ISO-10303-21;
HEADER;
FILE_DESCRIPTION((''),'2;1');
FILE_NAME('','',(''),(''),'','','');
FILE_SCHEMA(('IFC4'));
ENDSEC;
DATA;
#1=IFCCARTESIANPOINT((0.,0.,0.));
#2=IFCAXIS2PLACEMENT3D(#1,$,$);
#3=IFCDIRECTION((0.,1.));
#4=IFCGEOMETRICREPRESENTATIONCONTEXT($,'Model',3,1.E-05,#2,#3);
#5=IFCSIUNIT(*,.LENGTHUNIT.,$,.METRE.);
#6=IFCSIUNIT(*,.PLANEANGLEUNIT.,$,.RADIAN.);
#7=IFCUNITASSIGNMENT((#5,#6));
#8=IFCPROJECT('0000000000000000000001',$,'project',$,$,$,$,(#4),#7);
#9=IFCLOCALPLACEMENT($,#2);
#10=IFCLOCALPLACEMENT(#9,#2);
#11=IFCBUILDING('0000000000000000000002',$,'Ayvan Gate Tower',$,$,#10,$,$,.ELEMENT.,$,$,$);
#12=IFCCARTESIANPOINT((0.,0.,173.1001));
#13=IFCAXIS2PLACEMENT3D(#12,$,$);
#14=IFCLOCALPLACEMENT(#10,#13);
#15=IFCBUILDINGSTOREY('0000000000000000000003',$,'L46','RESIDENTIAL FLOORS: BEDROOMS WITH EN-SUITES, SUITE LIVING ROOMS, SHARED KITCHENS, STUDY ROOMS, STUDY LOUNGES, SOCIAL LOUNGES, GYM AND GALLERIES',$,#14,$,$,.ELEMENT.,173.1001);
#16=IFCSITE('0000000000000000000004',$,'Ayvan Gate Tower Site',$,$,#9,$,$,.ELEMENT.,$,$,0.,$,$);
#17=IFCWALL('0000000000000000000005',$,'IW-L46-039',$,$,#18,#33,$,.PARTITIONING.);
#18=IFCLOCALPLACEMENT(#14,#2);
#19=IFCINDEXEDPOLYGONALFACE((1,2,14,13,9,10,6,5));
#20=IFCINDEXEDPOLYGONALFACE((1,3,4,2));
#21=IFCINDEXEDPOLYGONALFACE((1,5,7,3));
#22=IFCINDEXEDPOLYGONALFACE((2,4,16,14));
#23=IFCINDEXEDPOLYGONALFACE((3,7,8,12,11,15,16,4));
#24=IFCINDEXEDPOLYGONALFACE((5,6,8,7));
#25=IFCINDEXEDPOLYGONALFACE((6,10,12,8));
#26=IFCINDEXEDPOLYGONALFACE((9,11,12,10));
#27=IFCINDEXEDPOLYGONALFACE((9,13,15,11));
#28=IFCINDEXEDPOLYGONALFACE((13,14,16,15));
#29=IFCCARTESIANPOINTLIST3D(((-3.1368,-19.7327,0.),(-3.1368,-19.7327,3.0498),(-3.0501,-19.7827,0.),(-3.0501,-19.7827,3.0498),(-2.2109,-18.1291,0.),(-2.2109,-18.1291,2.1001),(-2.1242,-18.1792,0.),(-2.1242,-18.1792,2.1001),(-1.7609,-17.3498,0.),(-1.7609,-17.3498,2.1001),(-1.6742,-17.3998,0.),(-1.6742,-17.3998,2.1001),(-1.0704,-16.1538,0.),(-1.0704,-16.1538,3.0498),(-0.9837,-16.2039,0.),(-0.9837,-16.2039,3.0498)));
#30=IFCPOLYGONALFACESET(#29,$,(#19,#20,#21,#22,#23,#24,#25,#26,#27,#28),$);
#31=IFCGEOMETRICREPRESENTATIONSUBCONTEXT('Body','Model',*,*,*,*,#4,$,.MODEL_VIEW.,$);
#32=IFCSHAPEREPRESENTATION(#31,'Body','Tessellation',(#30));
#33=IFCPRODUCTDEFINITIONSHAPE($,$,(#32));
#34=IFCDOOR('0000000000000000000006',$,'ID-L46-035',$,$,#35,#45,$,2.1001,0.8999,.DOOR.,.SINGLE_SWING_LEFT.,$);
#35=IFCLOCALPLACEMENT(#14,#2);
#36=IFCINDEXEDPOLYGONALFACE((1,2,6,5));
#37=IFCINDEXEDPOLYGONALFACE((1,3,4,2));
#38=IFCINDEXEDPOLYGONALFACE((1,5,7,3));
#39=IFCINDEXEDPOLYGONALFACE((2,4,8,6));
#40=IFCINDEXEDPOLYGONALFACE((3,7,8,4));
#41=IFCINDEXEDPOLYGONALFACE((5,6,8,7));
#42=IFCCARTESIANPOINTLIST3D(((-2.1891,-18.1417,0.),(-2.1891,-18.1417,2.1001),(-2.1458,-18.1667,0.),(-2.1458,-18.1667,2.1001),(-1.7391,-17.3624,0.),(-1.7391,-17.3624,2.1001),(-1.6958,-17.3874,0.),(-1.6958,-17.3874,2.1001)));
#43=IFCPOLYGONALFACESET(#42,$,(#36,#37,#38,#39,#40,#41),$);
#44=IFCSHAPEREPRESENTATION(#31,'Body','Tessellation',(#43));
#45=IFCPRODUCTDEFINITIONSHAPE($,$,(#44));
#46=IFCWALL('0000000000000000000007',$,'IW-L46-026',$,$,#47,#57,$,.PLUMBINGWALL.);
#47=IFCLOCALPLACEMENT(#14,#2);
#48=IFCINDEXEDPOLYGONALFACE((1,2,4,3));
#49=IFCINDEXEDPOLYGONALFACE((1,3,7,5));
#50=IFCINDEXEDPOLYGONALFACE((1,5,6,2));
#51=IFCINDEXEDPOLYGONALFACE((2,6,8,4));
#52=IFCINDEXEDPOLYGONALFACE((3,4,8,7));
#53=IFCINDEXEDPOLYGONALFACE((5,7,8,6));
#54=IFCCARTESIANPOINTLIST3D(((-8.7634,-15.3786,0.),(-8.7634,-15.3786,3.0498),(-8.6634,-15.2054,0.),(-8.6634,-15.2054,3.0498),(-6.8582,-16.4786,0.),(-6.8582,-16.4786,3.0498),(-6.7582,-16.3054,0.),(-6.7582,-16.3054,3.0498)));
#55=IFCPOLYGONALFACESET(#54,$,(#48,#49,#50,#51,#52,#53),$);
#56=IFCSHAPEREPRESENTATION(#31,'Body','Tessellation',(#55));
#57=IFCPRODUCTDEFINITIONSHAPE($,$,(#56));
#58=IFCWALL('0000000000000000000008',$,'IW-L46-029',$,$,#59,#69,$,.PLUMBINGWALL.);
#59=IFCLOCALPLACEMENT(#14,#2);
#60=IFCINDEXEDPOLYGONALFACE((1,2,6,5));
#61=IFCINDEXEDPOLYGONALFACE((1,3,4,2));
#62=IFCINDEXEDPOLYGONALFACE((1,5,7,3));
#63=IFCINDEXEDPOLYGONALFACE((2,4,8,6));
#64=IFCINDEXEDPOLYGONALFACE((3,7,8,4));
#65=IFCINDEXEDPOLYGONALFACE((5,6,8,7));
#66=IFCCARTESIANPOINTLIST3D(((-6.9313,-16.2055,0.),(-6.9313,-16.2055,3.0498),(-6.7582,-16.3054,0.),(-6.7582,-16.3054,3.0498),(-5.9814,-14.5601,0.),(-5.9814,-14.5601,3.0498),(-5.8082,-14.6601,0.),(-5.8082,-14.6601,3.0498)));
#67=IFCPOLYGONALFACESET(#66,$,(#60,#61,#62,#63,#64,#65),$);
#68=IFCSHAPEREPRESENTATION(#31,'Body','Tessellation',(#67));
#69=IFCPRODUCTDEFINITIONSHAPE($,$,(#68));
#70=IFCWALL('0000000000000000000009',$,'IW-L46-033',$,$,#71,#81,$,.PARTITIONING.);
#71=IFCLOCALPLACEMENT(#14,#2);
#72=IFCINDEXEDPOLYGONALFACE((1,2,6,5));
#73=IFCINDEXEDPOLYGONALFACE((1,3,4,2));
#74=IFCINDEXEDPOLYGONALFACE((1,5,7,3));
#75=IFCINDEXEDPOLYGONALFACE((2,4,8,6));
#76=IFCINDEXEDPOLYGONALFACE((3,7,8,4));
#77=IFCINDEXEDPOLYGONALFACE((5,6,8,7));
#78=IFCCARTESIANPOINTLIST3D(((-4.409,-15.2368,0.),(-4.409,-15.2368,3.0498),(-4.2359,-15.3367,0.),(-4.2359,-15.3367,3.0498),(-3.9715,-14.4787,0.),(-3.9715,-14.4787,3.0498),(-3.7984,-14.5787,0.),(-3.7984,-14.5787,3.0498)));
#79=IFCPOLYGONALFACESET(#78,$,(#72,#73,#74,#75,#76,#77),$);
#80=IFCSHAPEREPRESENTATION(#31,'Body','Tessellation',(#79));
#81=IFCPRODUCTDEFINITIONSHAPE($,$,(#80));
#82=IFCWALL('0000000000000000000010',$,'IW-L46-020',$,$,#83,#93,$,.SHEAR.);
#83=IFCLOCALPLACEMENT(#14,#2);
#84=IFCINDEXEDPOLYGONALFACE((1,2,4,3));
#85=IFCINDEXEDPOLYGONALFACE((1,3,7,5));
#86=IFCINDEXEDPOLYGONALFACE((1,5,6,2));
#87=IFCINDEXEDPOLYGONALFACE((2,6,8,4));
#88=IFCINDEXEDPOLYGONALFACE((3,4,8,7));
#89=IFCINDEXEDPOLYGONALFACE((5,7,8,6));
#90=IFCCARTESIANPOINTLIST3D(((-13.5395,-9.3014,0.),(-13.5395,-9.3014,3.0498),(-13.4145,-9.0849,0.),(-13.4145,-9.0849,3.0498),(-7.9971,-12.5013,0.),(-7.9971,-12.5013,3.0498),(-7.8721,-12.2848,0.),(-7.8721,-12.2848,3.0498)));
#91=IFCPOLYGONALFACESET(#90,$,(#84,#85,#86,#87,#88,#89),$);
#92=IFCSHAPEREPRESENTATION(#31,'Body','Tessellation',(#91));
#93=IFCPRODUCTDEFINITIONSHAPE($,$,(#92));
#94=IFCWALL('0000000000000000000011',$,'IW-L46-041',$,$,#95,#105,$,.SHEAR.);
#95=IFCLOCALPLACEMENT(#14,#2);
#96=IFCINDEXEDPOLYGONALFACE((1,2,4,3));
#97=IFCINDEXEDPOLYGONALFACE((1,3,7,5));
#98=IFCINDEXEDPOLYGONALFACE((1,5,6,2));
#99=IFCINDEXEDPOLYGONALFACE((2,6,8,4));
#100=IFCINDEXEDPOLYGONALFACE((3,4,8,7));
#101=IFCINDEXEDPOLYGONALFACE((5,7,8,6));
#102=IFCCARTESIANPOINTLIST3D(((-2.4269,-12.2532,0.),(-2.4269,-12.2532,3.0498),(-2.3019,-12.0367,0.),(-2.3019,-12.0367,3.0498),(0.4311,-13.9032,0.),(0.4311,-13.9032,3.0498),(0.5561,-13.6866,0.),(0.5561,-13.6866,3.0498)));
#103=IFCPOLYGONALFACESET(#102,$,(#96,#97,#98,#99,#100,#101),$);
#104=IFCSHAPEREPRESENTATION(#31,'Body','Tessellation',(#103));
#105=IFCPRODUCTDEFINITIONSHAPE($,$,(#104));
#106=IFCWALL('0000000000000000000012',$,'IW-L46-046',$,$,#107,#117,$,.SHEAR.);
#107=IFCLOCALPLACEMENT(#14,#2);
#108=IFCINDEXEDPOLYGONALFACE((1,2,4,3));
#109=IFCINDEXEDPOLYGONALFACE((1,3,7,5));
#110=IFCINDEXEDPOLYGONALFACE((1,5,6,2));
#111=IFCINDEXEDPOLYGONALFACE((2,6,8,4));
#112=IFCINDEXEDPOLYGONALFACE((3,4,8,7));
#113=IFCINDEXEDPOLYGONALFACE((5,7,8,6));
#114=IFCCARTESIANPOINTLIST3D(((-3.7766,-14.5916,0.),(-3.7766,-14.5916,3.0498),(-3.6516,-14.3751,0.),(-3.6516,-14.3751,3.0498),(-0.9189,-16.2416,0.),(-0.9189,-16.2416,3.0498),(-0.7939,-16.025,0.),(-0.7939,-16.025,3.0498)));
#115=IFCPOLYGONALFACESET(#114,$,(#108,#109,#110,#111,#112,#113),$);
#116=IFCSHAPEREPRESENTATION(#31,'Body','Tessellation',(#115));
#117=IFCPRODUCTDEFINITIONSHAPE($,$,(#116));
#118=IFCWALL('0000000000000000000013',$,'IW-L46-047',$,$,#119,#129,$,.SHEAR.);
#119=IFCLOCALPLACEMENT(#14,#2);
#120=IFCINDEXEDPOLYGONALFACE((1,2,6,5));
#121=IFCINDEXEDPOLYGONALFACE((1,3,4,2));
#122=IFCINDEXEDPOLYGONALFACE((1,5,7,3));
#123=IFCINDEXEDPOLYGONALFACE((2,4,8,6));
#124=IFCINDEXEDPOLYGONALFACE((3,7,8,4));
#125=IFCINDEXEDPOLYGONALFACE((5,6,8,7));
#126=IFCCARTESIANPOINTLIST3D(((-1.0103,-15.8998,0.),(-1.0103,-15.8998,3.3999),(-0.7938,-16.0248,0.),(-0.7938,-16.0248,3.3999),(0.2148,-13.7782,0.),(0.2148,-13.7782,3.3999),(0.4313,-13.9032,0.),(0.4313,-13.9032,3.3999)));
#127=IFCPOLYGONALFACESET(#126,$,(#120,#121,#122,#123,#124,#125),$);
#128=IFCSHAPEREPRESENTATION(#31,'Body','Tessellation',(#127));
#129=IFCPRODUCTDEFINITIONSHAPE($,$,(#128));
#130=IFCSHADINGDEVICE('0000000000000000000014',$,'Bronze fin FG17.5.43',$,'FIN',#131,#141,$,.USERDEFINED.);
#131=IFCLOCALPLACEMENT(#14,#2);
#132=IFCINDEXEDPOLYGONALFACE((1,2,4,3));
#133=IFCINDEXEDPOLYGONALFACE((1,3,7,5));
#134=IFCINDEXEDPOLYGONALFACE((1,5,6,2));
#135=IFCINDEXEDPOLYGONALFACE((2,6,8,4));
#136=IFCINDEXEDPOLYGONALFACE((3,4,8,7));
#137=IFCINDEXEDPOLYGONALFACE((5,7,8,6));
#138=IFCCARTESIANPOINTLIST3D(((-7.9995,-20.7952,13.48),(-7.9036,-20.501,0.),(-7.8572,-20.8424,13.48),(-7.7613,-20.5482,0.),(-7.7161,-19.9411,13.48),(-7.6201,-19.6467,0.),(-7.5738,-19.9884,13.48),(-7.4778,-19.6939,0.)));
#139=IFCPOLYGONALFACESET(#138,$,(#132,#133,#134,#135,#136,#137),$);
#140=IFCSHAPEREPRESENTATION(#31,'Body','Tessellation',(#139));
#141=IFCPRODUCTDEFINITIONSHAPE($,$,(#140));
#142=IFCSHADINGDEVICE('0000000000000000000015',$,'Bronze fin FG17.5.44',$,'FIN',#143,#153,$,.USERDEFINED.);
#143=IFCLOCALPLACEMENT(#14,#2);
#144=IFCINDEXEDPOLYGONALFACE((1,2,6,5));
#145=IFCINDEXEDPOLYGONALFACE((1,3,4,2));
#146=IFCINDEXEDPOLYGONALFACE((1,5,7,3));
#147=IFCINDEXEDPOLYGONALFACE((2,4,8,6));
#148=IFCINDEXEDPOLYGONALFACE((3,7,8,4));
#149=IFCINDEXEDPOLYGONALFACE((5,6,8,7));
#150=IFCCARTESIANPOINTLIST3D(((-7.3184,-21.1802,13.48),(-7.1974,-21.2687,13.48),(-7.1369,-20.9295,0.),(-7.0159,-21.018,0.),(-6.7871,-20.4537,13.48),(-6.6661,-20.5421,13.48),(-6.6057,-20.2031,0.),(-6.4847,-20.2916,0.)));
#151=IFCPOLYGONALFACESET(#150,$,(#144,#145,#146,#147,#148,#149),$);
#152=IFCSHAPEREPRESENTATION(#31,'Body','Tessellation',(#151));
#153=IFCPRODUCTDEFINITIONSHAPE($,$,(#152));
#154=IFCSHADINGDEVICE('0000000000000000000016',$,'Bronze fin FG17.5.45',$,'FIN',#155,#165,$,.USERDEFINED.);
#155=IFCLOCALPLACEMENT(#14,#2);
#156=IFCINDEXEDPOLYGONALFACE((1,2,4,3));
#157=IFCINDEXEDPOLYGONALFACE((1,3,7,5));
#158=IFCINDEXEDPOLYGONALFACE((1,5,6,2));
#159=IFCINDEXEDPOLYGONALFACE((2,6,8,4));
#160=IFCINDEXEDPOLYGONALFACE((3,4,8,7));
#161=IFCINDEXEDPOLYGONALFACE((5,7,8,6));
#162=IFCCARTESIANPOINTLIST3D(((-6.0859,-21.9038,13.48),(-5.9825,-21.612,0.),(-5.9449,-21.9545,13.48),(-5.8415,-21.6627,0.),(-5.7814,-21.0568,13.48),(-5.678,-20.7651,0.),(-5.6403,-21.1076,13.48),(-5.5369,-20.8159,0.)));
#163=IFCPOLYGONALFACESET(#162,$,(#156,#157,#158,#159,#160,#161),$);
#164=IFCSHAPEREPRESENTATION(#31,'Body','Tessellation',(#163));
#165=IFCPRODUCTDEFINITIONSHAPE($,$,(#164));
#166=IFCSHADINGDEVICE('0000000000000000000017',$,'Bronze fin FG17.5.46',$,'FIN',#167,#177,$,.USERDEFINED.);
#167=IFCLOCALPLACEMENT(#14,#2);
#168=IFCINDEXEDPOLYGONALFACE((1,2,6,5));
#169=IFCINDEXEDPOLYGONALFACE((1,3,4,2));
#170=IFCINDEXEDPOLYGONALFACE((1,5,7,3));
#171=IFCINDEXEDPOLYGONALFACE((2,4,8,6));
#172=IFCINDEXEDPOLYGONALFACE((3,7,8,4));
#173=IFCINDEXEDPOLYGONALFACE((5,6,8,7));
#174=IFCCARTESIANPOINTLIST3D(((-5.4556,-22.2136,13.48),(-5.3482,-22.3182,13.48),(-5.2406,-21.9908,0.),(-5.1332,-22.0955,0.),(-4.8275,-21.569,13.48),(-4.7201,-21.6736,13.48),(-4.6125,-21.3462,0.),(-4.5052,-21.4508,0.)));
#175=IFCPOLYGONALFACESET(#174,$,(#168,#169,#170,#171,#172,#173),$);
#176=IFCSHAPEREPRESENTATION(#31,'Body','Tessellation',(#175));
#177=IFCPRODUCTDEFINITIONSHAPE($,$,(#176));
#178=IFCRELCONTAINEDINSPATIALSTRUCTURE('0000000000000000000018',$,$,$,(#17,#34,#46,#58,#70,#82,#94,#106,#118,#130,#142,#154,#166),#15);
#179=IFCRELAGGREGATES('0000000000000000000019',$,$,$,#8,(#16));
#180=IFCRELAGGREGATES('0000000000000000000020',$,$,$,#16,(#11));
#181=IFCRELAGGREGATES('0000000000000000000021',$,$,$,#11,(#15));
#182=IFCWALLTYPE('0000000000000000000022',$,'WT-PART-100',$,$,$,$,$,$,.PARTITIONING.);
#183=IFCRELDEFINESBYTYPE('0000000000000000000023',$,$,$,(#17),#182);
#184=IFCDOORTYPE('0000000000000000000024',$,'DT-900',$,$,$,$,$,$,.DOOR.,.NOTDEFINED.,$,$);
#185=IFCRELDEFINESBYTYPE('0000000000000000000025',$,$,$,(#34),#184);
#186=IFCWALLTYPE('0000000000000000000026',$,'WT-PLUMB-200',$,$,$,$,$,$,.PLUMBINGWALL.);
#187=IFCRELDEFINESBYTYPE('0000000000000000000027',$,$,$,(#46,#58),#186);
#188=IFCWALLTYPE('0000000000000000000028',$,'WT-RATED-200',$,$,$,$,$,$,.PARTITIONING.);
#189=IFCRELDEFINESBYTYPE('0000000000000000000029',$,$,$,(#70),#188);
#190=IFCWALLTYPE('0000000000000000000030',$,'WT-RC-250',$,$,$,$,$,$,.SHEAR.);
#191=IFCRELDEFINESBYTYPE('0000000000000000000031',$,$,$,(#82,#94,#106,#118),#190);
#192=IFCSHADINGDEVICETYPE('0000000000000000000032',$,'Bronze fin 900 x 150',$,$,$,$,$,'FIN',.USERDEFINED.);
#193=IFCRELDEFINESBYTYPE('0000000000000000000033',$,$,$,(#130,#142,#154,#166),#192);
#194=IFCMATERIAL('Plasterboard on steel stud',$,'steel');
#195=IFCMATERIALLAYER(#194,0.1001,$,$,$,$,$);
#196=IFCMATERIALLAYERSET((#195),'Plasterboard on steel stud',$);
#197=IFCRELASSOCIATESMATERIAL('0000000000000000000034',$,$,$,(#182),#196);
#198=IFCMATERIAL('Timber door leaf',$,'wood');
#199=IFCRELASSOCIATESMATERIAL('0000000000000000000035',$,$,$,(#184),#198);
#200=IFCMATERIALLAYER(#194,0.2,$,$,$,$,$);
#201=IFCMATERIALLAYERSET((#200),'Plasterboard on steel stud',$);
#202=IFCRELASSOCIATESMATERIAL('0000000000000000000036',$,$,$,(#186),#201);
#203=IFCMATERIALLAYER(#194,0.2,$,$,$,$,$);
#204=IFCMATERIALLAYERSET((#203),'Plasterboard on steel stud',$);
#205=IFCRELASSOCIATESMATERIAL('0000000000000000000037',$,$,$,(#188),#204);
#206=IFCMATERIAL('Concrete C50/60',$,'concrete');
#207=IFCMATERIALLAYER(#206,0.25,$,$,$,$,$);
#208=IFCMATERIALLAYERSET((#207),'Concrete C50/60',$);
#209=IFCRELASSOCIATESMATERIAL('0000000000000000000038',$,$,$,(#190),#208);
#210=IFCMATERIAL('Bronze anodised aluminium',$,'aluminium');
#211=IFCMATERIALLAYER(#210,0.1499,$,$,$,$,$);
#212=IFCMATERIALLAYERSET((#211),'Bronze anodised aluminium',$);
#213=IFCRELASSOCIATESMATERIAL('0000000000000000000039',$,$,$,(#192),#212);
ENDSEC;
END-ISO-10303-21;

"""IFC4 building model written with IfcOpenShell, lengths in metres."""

from ifc_helpers import new_model, si_unit, direction, frame, frame_2d, origin, place, context, subcontext, project, spatial, polyline, rectangle, outline, extrude, material, layer, layer_set, type_object, element, fill, save


model = new_model("IFC4")

# Units and contexts
model_context = context("Model", 3, precision=1e-05, world=origin(), true_north=direction((0.0, 1.0)))
body_context = subcontext(model_context, "Body", "Model", "MODEL_VIEW")
ifc_project = project(units=[si_unit("LENGTHUNIT", "METRE"), si_unit("PLANEANGLEUNIT", "RADIAN")], contexts=[model_context])

# Site, building, storey
site_placement = place(None, origin())
site = spatial("IfcSite", under=ifc_project, at=site_placement, Name="Ayvan Gate Tower Site", CompositionType="ELEMENT", RefElevation=0.0)
building_placement = place(site_placement, origin())
building = spatial("IfcBuilding", under=site, at=building_placement, Name="Ayvan Gate Tower", CompositionType="ELEMENT")
storey_placement = place(building_placement, frame((0.0, 0.0, 173.1001)))
storey = spatial("IfcBuildingStorey", under=building, at=storey_placement, Name="L46", Description="RESIDENTIAL FLOORS: BEDROOMS WITH EN-SUITES, SUITE LIVING ROOMS, SHARED KITCHENS, STUDY ROOMS, STUDY LOUNGES, SOCIAL LOUNGES, GYM AND GALLERIES", CompositionType="ELEMENT", Elevation=173.1001)

# Shared definitions
ifc_material_1 = material(Name="Bronze anodised aluminium", Category="aluminium")

# Wall, opening, door
ifc_material_2 = material(Name="Plasterboard on steel stud", Category="steel")
ifc_layer_1 = layer(ifc_material_2, 0.1001)
ifc_layer_set_1 = layer_set([ifc_layer_1], Name="Plasterboard on steel stud")
wall_type_1 = type_object("IfcWallType", Name="WT-PART-100", PredefinedType="PARTITIONING", material=ifc_layer_set_1)
wall_1_placement = place(storey_placement, frame((-3.0935, -19.7578, 0.0), z_axis=(0.0, 0.0, 1.0), x_axis=(0.500028, 0.866009, 0.0)))
wall_1 = element("IfcWall", 1, at=wall_1_placement, inside=storey, type_object=wall_type_1, Name="IW-L46-039", PredefinedType="PARTITIONING", context=body_context, shape_type="SweptSolid", body=[
    extrude(rectangle(XDim=4.1326, YDim=0.1001, at=frame_2d((2.0664, 0.0))), origin(), (0.0, 0.0, 1.0), 3.0498),
])
opening_placement = place(wall_1_placement, frame((1.8518, 0.0, 0.0)))
opening = element("IfcOpeningElement", 2, at=opening_placement, cuts=wall_1, PredefinedType="OPENING", context=body_context, shape_type="SweptSolid", body=[
    extrude(rectangle(XDim=0.8999, YDim=2.1001, at=frame_2d((0.45, 1.05))), frame((0.0, 0.0601, 0.0), z_axis=(0.0, -1.0, 0.0), x_axis=(1.0, 0.0, 0.0)), (0.0, 0.0, 1.0), 0.1201),
])
ifc_material_3 = material(Name="Timber door leaf", Category="wood")
door_type = type_object("IfcDoorType", Name="DT-900", OperationType="NOTDEFINED", PredefinedType="DOOR", material=ifc_material_3)
door_placement = place(opening_placement, origin())
door = element("IfcDoor", 3, at=door_placement, inside=storey, type_object=door_type, Name="ID-L46-035", OperationType="SINGLE_SWING_LEFT", OverallHeight=2.1001, OverallWidth=0.8999, PredefinedType="DOOR", context=body_context, shape_type="SweptSolid", body=[
    extrude(rectangle(XDim=0.8999, YDim=2.1001, at=frame_2d((0.45, 1.05))), frame((0.0, 0.0249, 0.0), z_axis=(0.0, -1.0, 0.0), x_axis=(1.0, 0.0, 0.0)), (0.0, 0.0, 1.0), 0.05),
])
fill(opening, door)

# Walls
ifc_layer_2 = layer(ifc_material_2, 0.2)
ifc_layer_set_2 = layer_set([ifc_layer_2], Name="Plasterboard on steel stud")
wall_type_2 = type_object("IfcWallType", Name="WT-PLUMB-200", PredefinedType="PLUMBINGWALL", material=ifc_layer_set_2)
wall_2_placement = place(storey_placement, frame((-6.8081, -16.3921, 0.0), z_axis=(0.0, 0.0, 1.0), x_axis=(-0.866008, 0.50003, 0.0)))
element("IfcWall", 4, at=wall_2_placement, inside=storey, type_object=wall_type_2, Name="IW-L46-026", PredefinedType="PLUMBINGWALL", context=body_context, shape_type="SweptSolid", body=[
    extrude(rectangle(XDim=2.2, YDim=0.2, at=frame_2d((1.1001, 0.0))), origin(), (0.0, 0.0, 1.0), 3.0498),
])
wall_3_placement = place(storey_placement, frame((-5.8948, -14.6101, 0.0), z_axis=(0.0, 0.0, 1.0), x_axis=(-0.500023, -0.866012, 0.0)))
element("IfcWall", 5, at=wall_3_placement, inside=storey, type_object=wall_type_2, Name="IW-L46-029", PredefinedType="PLUMBINGWALL", context=body_context, shape_type="SweptSolid", body=[
    extrude(rectangle(XDim=1.8999, YDim=0.2, at=frame_2d((0.95, 0.0))), origin(), (0.0, 0.0, 1.0), 3.0498),
])
ifc_layer_3 = layer(ifc_material_2, 0.2)
ifc_layer_set_3 = layer_set([ifc_layer_3], Name="Plasterboard on steel stud")
wall_type_3 = type_object("IfcWallType", Name="WT-RATED-200", PredefinedType="PARTITIONING", material=ifc_layer_set_3)
wall_4_placement = place(storey_placement, frame((-3.885, -14.5288, 0.0), z_axis=(0.0, 0.0, 1.0), x_axis=(-0.499859, -0.866107, 0.0)))
element("IfcWall", 6, at=wall_4_placement, inside=storey, type_object=wall_type_3, Name="IW-L46-033", PredefinedType="PARTITIONING", context=body_context, shape_type="SweptSolid", body=[
    extrude(rectangle(XDim=0.8752, YDim=0.2, at=frame_2d((0.4375, 0.0))), origin(), (0.0, 0.0, 1.0), 3.0498),
])
ifc_material_4 = material(Name="Concrete C50/60", Category="concrete")
ifc_layer_4 = layer(ifc_material_4, 0.25)
ifc_layer_set_4 = layer_set([ifc_layer_4], Name="Concrete C50/60")
wall_type_4 = type_object("IfcWallType", Name="WT-RC-250", PredefinedType="SHEAR", material=ifc_layer_set_4)
wall_5_placement = place(storey_placement, frame((-7.9346, -12.3931, 0.0), z_axis=(0.0, 0.0, 1.0), x_axis=(-0.866025, 0.5, 0.0)))
element("IfcWall", 7, at=wall_5_placement, inside=storey, type_object=wall_type_4, Name="IW-L46-020", PredefinedType="SHEAR", context=body_context, shape_type="SweptSolid", body=[
    extrude(rectangle(XDim=6.3999, YDim=0.25, at=frame_2d((3.2, 0.0))), origin(), (0.0, 0.0, 1.0), 3.0498),
])
wall_6_placement = place(storey_placement, frame((-2.3643, -12.145, 0.0), z_axis=(0.0, 0.0, 1.0), x_axis=(0.86604, -0.499974, 0.0)))
element("IfcWall", 8, at=wall_6_placement, inside=storey, type_object=wall_type_4, Name="IW-L46-041", PredefinedType="SHEAR", context=body_context, shape_type="SweptSolid", body=[
    extrude(rectangle(XDim=3.3, YDim=0.25, at=frame_2d((1.6499, 0.0))), origin(), (0.0, 0.0, 1.0), 3.0498),
])
wall_7_placement = place(storey_placement, frame((-0.8564, -16.1333, 0.0), z_axis=(0.0, 0.0, 1.0), x_axis=(-0.866022, 0.500006, 0.0)))
element("IfcWall", 9, at=wall_7_placement, inside=storey, type_object=wall_type_4, Name="IW-L46-046", PredefinedType="SHEAR", context=body_context, shape_type="SweptSolid", body=[
    extrude(rectangle(XDim=3.2998, YDim=0.25, at=frame_2d((1.6499, 0.0))), origin(), (0.0, 0.0, 1.0), 3.0498),
])
wall_8_placement = place(storey_placement, frame((-0.9021, -15.9624, 0.0), z_axis=(0.0, 0.0, 1.0), x_axis=(0.500062, 0.86599, 0.0)))
element("IfcWall", 10, at=wall_8_placement, inside=storey, type_object=wall_type_4, Name="IW-L46-047", PredefinedType="SHEAR", context=body_context, shape_type="SweptSolid", body=[
    extrude(rectangle(XDim=2.45, YDim=0.25, at=frame_2d((1.2251, 0.0))), origin(), (0.0, 0.0, 1.0), 3.3999),
])

# Shading devices
ifc_layer_5 = layer(ifc_material_1, 0.1499)
ifc_layer_set_5 = layer_set([ifc_layer_5], Name="Bronze anodised aluminium")
shading_device_type = type_object("IfcShadingDeviceType", Name="Bronze fin 900 x 150", ElementType="FIN", PredefinedType="USERDEFINED", material=ifc_layer_set_5)
shading_device_1_placement = place(storey_placement, frame((-7.6201, -19.6467, 0.0), z_axis=(-0.949103, 0.314966, 0.000121), x_axis=(-0.314966, -0.949103, 0.0)))
element("IfcShadingDevice", 11, at=shading_device_1_placement, inside=storey, type_object=shading_device_type, Name="Bronze fin FG17.5.43", ObjectType="FIN", PredefinedType="USERDEFINED", context=body_context, shape_type="SweptSolid", body=[
    extrude(outline(polyline([(0.0, 0.0), (0.9, 0.0), (1.2095, 13.48), (0.3097, 13.48), (0.0, 0.0)])), origin(), (0.0, 0.0, -1.0), 0.1499),
])
shading_device_2_placement = place(storey_placement, frame((-6.6057, -20.2031, 0.0), z_axis=(-0.807185, 0.590299, 0.000112), x_axis=(-0.590299, -0.807185, 0.0)))
element("IfcShadingDevice", 12, at=shading_device_2_placement, inside=storey, type_object=shading_device_type, Name="Bronze fin FG17.5.44", ObjectType="FIN", PredefinedType="USERDEFINED", context=body_context, shape_type="SweptSolid", body=[
    extrude(outline(polyline([(0.0, 0.0), (0.8999, 0.0), (1.2093, 13.48), (0.3093, 13.48), (0.0, 0.0)])), origin(), (0.0, 0.0, -1.0), 0.1499),
])
shading_device_3_placement = place(storey_placement, frame((-5.678, -20.7651, 0.0), z_axis=(-0.941003, 0.338398, 0.000106), x_axis=(-0.338398, -0.941003, 0.0)))
element("IfcShadingDevice", 13, at=shading_device_3_placement, inside=storey, type_object=shading_device_type, Name="Bronze fin FG17.5.45", ObjectType="FIN", PredefinedType="USERDEFINED", context=body_context, shape_type="SweptSolid", body=[
    extrude(outline(polyline([(0.0, 0.0), (0.9, 0.0), (1.2095, 13.48), (0.3095, 13.48), (0.0, 0.0)])), origin(), (0.0, 0.0, -1.0), 0.1499),
])
shading_device_4_placement = place(storey_placement, frame((-4.6125, -21.3462, 0.0), z_axis=(-0.71627, 0.697824, 0.00011), x_axis=(-0.697824, -0.71627, 0.0)))
element("IfcShadingDevice", 14, at=shading_device_4_placement, inside=storey, type_object=shading_device_type, Name="Bronze fin FG17.5.46", ObjectType="FIN", PredefinedType="USERDEFINED", context=body_context, shape_type="SweptSolid", body=[
    extrude(outline(polyline([(0.0, 0.0), (0.9, 0.0), (1.2096, 13.48), (0.3096, 13.48), (0.0, 0.0)])), origin(), (0.0, 0.0, -1.0), 0.1499),
])

save(model, "model.ifc")
